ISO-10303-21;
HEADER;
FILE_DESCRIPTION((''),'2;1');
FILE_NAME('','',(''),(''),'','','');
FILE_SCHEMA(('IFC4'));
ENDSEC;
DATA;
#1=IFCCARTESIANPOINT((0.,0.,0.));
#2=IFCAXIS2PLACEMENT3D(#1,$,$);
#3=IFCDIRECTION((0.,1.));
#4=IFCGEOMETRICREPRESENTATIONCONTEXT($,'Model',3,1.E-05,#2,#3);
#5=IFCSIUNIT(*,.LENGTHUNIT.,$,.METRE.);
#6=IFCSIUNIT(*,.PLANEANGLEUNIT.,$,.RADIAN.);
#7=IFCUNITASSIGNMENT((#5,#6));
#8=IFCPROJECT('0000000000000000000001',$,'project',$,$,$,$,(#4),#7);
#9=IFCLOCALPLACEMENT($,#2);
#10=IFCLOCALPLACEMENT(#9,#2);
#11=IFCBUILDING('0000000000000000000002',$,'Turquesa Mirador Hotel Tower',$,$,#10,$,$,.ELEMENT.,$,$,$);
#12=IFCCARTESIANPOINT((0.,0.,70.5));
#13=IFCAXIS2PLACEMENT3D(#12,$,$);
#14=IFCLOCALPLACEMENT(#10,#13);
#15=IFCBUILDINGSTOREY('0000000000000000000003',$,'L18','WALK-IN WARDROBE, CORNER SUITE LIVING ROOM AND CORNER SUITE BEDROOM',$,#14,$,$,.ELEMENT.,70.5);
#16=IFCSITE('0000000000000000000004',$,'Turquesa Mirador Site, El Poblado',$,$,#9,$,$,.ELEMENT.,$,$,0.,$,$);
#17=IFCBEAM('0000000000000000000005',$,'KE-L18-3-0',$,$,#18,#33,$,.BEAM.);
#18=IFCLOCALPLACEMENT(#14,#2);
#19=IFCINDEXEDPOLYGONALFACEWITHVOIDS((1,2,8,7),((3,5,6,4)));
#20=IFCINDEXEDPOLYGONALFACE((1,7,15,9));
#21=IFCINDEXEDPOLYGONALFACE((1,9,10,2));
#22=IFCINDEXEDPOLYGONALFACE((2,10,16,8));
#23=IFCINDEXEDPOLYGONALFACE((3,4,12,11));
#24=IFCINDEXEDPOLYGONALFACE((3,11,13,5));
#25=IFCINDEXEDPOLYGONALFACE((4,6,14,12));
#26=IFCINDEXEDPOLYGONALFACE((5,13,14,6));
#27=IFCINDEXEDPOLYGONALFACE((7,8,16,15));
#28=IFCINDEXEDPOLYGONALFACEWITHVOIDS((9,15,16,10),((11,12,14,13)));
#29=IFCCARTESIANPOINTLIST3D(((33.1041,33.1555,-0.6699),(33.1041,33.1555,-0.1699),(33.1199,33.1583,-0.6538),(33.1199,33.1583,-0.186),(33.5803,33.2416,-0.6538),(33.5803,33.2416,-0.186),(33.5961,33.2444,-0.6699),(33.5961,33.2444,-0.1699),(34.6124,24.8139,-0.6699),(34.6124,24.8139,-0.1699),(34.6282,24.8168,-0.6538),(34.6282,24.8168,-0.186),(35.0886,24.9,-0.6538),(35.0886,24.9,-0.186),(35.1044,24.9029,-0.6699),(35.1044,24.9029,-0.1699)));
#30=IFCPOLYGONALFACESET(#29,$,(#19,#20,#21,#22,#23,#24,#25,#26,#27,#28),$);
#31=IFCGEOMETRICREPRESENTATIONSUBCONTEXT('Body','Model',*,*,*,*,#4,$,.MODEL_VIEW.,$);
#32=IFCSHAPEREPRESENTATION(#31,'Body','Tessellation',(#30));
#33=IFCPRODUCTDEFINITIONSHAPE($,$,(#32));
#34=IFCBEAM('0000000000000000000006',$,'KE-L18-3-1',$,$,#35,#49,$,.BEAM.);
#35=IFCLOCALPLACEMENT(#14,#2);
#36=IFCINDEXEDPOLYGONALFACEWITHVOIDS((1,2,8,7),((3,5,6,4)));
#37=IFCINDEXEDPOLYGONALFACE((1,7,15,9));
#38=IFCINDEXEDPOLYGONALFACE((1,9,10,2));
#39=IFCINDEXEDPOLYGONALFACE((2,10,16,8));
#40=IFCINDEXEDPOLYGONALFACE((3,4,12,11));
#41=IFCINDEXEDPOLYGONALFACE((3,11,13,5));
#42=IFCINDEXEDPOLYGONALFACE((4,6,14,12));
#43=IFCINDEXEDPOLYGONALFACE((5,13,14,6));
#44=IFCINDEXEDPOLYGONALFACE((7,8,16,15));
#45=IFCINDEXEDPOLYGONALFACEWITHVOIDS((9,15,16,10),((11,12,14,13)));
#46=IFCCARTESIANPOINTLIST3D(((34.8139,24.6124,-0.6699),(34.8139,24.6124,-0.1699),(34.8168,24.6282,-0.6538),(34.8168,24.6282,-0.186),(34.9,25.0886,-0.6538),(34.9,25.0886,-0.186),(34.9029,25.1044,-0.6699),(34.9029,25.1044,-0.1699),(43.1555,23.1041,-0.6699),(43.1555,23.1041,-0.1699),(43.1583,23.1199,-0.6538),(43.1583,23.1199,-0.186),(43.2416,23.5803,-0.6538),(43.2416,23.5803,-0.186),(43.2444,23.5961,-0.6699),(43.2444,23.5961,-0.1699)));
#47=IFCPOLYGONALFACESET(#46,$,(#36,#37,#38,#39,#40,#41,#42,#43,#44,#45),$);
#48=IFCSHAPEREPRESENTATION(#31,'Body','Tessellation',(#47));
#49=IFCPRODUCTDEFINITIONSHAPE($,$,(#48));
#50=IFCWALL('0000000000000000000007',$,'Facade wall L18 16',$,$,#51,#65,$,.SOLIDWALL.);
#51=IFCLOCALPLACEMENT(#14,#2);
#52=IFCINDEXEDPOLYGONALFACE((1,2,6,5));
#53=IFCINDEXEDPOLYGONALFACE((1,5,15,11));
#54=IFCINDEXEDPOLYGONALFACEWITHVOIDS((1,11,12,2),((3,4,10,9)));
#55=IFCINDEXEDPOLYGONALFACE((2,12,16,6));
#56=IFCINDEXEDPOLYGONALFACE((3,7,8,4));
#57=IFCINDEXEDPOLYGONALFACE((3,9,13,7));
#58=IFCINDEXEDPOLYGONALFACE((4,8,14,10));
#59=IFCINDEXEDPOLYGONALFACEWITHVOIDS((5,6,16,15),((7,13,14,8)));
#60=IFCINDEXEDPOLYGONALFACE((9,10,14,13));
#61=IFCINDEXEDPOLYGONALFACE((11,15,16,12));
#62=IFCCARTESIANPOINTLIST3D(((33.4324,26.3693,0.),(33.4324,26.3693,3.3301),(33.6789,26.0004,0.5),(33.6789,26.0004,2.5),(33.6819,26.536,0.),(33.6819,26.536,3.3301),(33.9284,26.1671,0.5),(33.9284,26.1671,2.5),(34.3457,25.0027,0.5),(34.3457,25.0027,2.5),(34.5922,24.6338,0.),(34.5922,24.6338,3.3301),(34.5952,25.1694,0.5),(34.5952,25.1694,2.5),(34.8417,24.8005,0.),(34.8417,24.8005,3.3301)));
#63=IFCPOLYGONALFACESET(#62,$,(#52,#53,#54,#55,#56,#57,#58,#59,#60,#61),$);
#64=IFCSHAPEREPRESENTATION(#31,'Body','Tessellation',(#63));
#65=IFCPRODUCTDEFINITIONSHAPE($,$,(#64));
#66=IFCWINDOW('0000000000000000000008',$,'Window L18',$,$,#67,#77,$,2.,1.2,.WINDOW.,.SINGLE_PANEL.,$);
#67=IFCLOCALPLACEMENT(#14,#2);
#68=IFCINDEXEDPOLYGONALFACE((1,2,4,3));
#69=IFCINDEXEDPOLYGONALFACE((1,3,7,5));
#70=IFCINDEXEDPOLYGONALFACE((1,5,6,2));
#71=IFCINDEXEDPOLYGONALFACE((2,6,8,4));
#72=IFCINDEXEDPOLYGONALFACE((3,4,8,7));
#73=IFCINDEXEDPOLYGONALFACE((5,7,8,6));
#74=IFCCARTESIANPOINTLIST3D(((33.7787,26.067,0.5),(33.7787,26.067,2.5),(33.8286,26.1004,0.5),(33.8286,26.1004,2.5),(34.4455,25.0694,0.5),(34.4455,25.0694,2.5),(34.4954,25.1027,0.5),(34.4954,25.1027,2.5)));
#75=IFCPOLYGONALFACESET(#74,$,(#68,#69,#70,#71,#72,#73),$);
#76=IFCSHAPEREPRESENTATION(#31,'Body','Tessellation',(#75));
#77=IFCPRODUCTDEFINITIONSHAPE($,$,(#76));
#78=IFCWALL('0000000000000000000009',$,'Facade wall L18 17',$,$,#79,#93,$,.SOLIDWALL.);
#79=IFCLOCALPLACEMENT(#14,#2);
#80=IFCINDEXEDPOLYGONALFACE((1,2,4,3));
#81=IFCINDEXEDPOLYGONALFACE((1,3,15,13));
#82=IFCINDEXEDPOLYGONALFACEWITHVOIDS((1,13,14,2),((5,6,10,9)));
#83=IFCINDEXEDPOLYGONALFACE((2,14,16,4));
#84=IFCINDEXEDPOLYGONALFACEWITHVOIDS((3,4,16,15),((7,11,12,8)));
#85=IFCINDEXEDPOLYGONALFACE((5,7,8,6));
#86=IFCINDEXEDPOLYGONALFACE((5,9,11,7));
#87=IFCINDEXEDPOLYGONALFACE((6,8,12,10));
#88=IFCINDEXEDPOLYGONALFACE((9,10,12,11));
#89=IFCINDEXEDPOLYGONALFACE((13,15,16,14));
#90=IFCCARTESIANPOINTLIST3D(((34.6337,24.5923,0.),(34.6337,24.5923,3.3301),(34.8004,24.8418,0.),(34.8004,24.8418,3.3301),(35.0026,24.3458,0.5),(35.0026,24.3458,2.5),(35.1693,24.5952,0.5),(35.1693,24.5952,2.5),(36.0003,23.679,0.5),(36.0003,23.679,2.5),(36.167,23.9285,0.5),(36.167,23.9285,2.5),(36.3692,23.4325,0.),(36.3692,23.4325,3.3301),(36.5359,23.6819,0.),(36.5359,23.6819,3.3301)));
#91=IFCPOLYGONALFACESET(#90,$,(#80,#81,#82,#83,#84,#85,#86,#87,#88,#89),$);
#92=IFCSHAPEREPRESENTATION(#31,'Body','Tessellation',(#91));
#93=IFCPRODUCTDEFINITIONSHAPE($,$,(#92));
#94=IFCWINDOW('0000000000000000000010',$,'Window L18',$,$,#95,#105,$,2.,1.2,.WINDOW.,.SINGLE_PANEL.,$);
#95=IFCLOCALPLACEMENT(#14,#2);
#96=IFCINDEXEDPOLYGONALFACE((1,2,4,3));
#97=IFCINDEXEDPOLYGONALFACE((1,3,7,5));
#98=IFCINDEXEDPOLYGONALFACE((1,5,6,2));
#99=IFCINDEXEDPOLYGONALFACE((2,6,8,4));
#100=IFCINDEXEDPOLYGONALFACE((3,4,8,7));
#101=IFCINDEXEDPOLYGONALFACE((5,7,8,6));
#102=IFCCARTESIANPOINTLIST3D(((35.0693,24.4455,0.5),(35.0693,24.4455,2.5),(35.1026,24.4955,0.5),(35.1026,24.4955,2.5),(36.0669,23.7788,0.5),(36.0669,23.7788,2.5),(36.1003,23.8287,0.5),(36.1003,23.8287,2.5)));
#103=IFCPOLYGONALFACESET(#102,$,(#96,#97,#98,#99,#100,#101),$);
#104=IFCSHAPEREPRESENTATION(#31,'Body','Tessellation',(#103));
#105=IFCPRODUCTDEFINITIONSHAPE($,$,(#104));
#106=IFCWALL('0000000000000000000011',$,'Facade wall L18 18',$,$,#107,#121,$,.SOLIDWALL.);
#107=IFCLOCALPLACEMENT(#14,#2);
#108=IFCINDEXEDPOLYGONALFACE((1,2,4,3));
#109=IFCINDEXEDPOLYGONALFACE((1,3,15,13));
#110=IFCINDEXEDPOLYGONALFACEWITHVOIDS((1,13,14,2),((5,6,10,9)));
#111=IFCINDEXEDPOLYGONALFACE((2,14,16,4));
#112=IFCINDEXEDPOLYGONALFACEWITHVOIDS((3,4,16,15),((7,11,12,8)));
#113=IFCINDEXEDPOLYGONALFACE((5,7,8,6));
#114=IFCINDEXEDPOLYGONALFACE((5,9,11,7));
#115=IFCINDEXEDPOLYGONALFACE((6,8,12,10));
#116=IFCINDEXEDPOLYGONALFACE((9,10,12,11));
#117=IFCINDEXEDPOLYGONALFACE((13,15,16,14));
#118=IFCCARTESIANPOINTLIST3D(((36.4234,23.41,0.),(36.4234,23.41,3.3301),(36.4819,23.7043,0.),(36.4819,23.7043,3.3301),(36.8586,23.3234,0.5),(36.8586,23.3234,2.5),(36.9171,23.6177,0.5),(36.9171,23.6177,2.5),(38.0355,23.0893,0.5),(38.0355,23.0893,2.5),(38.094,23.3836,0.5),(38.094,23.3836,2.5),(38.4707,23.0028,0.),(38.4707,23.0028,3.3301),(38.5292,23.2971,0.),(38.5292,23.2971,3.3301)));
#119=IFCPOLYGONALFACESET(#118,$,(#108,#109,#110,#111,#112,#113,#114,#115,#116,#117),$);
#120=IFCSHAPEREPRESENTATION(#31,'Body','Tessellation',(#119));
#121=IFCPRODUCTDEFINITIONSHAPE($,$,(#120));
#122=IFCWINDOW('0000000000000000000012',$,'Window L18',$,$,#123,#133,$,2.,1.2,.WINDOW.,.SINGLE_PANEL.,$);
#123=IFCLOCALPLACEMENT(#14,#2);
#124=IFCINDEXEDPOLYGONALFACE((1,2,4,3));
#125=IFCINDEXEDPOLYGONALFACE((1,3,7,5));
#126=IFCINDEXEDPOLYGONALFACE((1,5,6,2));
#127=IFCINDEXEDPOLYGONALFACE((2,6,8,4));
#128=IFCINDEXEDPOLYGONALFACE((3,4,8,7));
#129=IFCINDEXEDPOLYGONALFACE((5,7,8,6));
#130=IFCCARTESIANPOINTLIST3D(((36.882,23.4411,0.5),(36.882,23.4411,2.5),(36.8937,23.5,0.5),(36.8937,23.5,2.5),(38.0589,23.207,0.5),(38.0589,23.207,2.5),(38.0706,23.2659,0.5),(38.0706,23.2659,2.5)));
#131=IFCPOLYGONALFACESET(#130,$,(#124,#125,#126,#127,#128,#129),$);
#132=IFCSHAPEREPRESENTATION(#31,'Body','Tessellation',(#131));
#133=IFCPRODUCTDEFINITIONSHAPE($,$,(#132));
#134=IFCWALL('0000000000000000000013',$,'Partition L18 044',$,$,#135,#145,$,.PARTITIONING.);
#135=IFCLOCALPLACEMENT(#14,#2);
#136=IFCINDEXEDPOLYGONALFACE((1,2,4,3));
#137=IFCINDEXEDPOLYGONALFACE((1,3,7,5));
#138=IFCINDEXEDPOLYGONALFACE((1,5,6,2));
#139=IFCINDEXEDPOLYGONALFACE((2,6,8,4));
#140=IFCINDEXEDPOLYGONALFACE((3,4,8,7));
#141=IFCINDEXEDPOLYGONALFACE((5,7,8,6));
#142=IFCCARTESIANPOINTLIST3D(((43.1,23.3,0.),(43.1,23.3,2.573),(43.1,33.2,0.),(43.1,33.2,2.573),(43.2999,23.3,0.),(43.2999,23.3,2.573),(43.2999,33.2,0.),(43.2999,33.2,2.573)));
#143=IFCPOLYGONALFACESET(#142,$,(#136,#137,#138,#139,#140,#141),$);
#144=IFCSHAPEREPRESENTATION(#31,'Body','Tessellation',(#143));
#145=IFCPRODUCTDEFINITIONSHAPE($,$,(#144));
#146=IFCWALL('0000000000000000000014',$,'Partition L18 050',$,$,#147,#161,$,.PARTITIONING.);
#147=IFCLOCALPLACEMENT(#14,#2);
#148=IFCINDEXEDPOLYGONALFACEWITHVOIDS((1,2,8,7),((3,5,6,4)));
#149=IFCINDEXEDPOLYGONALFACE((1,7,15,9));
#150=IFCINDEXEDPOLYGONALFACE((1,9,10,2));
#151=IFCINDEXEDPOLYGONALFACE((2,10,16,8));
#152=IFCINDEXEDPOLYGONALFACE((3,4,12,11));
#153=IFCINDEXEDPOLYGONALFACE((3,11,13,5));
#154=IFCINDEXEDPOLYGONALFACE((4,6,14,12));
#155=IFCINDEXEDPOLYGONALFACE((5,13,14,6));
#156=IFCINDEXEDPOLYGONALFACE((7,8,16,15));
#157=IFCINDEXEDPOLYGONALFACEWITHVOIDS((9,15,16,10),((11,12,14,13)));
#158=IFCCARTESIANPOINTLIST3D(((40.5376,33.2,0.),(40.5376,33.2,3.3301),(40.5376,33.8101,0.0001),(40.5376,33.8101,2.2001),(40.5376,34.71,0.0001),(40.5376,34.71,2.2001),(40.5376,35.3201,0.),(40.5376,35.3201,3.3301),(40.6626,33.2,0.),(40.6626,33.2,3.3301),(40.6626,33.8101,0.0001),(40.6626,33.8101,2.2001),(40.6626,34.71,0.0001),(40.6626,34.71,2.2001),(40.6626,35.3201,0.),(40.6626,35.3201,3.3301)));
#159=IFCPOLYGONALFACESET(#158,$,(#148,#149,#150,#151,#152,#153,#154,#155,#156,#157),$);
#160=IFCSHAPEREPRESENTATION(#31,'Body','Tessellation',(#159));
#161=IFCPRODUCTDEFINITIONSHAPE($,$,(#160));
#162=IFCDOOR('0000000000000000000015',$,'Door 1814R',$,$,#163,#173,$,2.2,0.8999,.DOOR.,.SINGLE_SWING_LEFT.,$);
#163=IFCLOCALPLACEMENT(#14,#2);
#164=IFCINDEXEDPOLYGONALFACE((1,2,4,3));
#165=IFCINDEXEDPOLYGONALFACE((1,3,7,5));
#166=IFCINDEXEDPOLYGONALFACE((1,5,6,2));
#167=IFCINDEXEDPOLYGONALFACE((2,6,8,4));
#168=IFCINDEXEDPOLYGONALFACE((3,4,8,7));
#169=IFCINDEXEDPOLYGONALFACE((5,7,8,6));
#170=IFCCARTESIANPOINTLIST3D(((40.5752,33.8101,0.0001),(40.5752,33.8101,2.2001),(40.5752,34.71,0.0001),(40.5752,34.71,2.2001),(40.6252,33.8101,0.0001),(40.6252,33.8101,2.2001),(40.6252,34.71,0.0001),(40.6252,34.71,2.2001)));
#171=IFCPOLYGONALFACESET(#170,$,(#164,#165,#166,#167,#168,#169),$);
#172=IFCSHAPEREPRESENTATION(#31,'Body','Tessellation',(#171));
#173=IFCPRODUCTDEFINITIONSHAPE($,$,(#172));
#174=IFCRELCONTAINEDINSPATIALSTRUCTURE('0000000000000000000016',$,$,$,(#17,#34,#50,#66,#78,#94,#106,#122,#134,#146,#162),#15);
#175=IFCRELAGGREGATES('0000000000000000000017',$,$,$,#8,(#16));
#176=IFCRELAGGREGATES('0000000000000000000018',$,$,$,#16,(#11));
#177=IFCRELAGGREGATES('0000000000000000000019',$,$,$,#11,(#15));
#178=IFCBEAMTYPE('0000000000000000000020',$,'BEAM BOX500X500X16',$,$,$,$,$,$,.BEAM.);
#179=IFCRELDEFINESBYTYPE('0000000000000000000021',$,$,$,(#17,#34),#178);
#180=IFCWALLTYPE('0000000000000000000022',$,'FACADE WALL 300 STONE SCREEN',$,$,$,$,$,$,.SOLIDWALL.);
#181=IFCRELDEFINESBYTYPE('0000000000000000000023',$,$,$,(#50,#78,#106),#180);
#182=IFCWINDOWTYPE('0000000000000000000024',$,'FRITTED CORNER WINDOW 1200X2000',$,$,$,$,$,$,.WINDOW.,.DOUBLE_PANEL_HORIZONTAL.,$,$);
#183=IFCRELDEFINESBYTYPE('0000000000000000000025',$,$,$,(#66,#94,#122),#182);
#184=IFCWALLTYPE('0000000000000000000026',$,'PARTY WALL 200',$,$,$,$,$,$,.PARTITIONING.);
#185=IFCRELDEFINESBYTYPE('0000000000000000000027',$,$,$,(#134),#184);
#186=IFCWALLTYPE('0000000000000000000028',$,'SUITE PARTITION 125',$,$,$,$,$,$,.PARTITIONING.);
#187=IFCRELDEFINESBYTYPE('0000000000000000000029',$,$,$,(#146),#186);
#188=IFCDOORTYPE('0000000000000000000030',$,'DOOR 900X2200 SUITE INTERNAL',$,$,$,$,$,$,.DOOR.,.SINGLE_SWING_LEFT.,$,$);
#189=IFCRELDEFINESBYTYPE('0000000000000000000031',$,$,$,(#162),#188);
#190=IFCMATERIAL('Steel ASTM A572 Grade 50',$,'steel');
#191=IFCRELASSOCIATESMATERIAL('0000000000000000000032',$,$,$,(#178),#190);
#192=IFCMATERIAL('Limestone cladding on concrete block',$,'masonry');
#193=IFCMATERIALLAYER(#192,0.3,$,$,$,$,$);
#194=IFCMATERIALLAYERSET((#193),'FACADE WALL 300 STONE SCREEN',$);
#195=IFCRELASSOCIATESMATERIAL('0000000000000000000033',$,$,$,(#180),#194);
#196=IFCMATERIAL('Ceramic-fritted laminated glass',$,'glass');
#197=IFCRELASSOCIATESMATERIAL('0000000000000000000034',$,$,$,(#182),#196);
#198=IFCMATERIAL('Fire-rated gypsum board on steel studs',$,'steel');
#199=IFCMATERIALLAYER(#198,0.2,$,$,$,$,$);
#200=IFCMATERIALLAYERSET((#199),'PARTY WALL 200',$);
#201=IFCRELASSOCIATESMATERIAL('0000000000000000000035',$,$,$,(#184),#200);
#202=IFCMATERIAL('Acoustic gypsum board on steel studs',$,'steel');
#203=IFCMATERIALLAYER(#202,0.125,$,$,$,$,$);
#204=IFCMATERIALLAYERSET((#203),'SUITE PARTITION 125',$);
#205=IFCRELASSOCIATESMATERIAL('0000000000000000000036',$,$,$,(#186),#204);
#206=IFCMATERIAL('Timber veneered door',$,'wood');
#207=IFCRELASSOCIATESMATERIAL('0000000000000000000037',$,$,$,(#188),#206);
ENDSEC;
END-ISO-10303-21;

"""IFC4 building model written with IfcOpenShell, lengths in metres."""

from ifc_helpers import new_model, si_unit, direction, frame, frame_2d, origin, origin_2d, place, context, subcontext, project, spatial, rectangle, hollow_rectangle, extrude, material, layer, layer_set, material_profile, profile_set, type_object, element, fill, save


model = new_model("IFC4")

# Units and contexts
model_context = context("Model", 3, precision=1e-05, world=origin(), true_north=direction((0.0, 1.0)))
body_context = subcontext(model_context, "Body", "Model", "MODEL_VIEW")
ifc_project = project(units=[si_unit("LENGTHUNIT", "METRE"), si_unit("PLANEANGLEUNIT", "RADIAN")], contexts=[model_context])

# Site, building, storey
site_placement = place(None, origin())
site = spatial("IfcSite", under=ifc_project, at=site_placement, Name="Turquesa Mirador Site, El Poblado", CompositionType="ELEMENT", RefElevation=0.0)
building_placement = place(site_placement, origin())
building = spatial("IfcBuilding", under=site, at=building_placement, Name="Turquesa Mirador Hotel Tower", CompositionType="ELEMENT")
storey_placement = place(building_placement, frame((0.0, 0.0, 70.5)))
storey = spatial("IfcBuildingStorey", under=building, at=storey_placement, Name="L18", Description="WALK-IN WARDROBE, CORNER SUITE LIVING ROOM AND CORNER SUITE BEDROOM", CompositionType="ELEMENT", Elevation=70.5)

# Beams
ifc_material_1 = material(Name="Steel ASTM A572 Grade 50", Category="steel")
ifc_material_profile = material_profile(ifc_material_1, hollow_rectangle(XDim=0.5, YDim=0.5, WallThickness=0.0161, at=origin_2d()), Name="BOX500X500X16")
ifc_profile_set = profile_set([ifc_material_profile], Name="Steel ASTM A572 Grade 50")
beam_type = type_object("IfcBeamType", Name="BEAM BOX500X500X16", PredefinedType="BEAM", material=ifc_profile_set)
for number, where, z_axis, x_axis, name in (
    (1, (33.3501, 33.2, -0.4199), (0.177932, -0.984043, 0.0), (0.984043, 0.177932, 0.0), "KE-L18-3-0"),
    (2, (34.8584, 24.8584, -0.4199), (0.984043, -0.177932, 0.0), (0.177932, 0.984043, 0.0), "KE-L18-3-1"),
):
    element("IfcBeam", number, at=place(storey_placement, frame(where, z_axis=z_axis, x_axis=x_axis)), inside=storey, type_object=beam_type, Name=name, PredefinedType="BEAM", context=body_context, shape_type="SweptSolid", body=[
        extrude(hollow_rectangle(XDim=0.5, YDim=0.5, WallThickness=0.0161, at=origin_2d()), origin(), (0.0, 0.0, 1.0), 8.4768),
    ])

# Walls, openings, windows
ifc_material_2 = material(Name="Limestone cladding on concrete block", Category="masonry")
ifc_layer_1 = layer(ifc_material_2, 0.3)
ifc_layer_set_1 = layer_set([ifc_layer_1], Name="FACADE WALL 300 STONE SCREEN")
wall_type_1 = type_object("IfcWallType", Name="FACADE WALL 300 STONE SCREEN", PredefinedType="SOLIDWALL", material=ifc_layer_set_1)
wall_1_placement = place(storey_placement, frame((33.5571, 26.4526, 0.0), z_axis=(0.0, 0.0, 1.0), x_axis=(0.555644, -0.83142, 0.0)))
wall_1 = element("IfcWall", 3, at=wall_1_placement, inside=storey, type_object=wall_type_1, Name="Facade wall L18 16", PredefinedType="SOLIDWALL", context=body_context, shape_type="SweptSolid", body=[
    extrude(rectangle(XDim=2.0874, YDim=0.3, at=frame_2d((1.0437, 0.0))), origin(), (0.0, 0.0, 1.0), 3.3301),
])
opening_1_placement = place(wall_1_placement, frame((0.4436, 0.0, 0.5)))
opening_1 = element("IfcOpeningElement", 4, at=opening_1_placement, cuts=wall_1, PredefinedType="OPENING", context=body_context, shape_type="SweptSolid", body=[
    extrude(rectangle(XDim=1.2, YDim=2.0, at=frame_2d((0.6001, 1.0))), frame((0.0, 0.1599, 0.0), z_axis=(0.0, -1.0, 0.0), x_axis=(1.0, 0.0, 0.0)), (0.0, 0.0, 1.0), 0.3201),
])
ifc_material_3 = material(Name="Ceramic-fritted laminated glass", Category="glass")
window_type_1 = type_object("IfcWindowType", Name="FRITTED CORNER WINDOW 1200X2000", PartitioningType="DOUBLE_PANEL_HORIZONTAL", PredefinedType="WINDOW", material=ifc_material_3)
window_1_placement = place(opening_1_placement, origin())
window_1 = element("IfcWindow", 5, at=window_1_placement, inside=storey, type_object=window_type_1, Name="Window L18", OverallHeight=2.0, OverallWidth=1.2, PartitioningType="SINGLE_PANEL", PredefinedType="WINDOW", context=body_context, shape_type="SweptSolid", body=[
    extrude(rectangle(XDim=1.2, YDim=2.0, at=frame_2d((0.6001, 1.0))), frame((0.0, 0.03, 0.0), z_axis=(0.0, -1.0, 0.0), x_axis=(1.0, 0.0, 0.0)), (0.0, 0.0, 1.0), 0.0601),
])
fill(opening_1, window_1)
wall_2_placement = place(storey_placement, frame((34.717, 24.717, 0.0), z_axis=(0.0, 0.0, 1.0), x_axis=(0.83142, -0.555644, 0.0)))
wall_2 = element("IfcWall", 6, at=wall_2_placement, inside=storey, type_object=wall_type_1, Name="Facade wall L18 17", PredefinedType="SOLIDWALL", context=body_context, shape_type="SweptSolid", body=[
    extrude(rectangle(XDim=2.0874, YDim=0.3, at=frame_2d((1.0437, 0.0))), origin(), (0.0, 0.0, 1.0), 3.3301),
])
opening_2_placement = place(wall_2_placement, frame((0.4436, 0.0, 0.5)))
opening_2 = element("IfcOpeningElement", 7, at=opening_2_placement, cuts=wall_2, PredefinedType="OPENING", context=body_context, shape_type="SweptSolid", body=[
    extrude(rectangle(XDim=1.2, YDim=2.0, at=frame_2d((0.6001, 1.0))), frame((0.0, 0.1599, 0.0), z_axis=(0.0, -1.0, 0.0), x_axis=(1.0, 0.0, 0.0)), (0.0, 0.0, 1.0), 0.3201),
])
window_2_placement = place(opening_2_placement, origin())
window_2 = element("IfcWindow", 8, at=window_2_placement, inside=storey, type_object=window_type_1, Name="Window L18", OverallHeight=2.0, OverallWidth=1.2, PartitioningType="SINGLE_PANEL", PredefinedType="WINDOW", context=body_context, shape_type="SweptSolid", body=[
    extrude(rectangle(XDim=1.2, YDim=2.0, at=frame_2d((0.6001, 1.0))), frame((0.0, 0.03, 0.0), z_axis=(0.0, -1.0, 0.0), x_axis=(1.0, 0.0, 0.0)), (0.0, 0.0, 1.0), 0.0601),
])
fill(opening_2, window_2)
wall_3_placement = place(storey_placement, frame((36.4526, 23.5571, 0.0), z_axis=(0.0, 0.0, 1.0), x_axis=(0.980787, -0.195081, 0.0)))
wall_3 = element("IfcWall", 9, at=wall_3_placement, inside=storey, type_object=wall_type_1, Name="Facade wall L18 18", PredefinedType="SOLIDWALL", context=body_context, shape_type="SweptSolid", body=[
    extrude(rectangle(XDim=2.0874, YDim=0.3, at=frame_2d((1.0437, 0.0))), origin(), (0.0, 0.0, 1.0), 3.3301),
])
opening_3_placement = place(wall_3_placement, frame((0.4436, 0.0, 0.5)))
opening_3 = element("IfcOpeningElement", 10, at=opening_3_placement, cuts=wall_3, PredefinedType="OPENING", context=body_context, shape_type="SweptSolid", body=[
    extrude(rectangle(XDim=1.2, YDim=2.0, at=frame_2d((0.6001, 1.0))), frame((0.0, 0.1599, 0.0), z_axis=(0.0, -1.0, 0.0), x_axis=(1.0, 0.0, 0.0)), (0.0, 0.0, 1.0), 0.3201),
])
window_3_placement = place(opening_3_placement, origin())
window_3 = element("IfcWindow", 11, at=window_3_placement, inside=storey, type_object=window_type_1, Name="Window L18", OverallHeight=2.0, OverallWidth=1.2, PartitioningType="SINGLE_PANEL", PredefinedType="WINDOW", context=body_context, shape_type="SweptSolid", body=[
    extrude(rectangle(XDim=1.2, YDim=2.0, at=frame_2d((0.6001, 1.0))), frame((0.0, 0.03, 0.0), z_axis=(0.0, -1.0, 0.0), x_axis=(1.0, 0.0, 0.0)), (0.0, 0.0, 1.0), 0.0601),
])
fill(opening_3, window_3)

# Wall
ifc_material_4 = material(Name="Fire-rated gypsum board on steel studs", Category="steel")
ifc_layer_2 = layer(ifc_material_4, 0.2)
ifc_layer_set_2 = layer_set([ifc_layer_2], Name="PARTY WALL 200")
wall_type_2 = type_object("IfcWallType", Name="PARTY WALL 200", PredefinedType="PARTITIONING", material=ifc_layer_set_2)
wall_4_placement = place(storey_placement, frame((43.2, 23.3, 0.0), z_axis=(0.0, 0.0, 1.0), x_axis=(0.0, 1.0, 0.0)))
element("IfcWall", 12, at=wall_4_placement, inside=storey, type_object=wall_type_2, Name="Partition L18 044", PredefinedType="PARTITIONING", context=body_context, shape_type="SweptSolid", body=[
    extrude(rectangle(XDim=9.8999, YDim=0.2, at=frame_2d((4.95, 0.0))), origin(), (0.0, 0.0, 1.0), 2.573),
])

# Wall, opening, door
ifc_material_5 = material(Name="Acoustic gypsum board on steel studs", Category="steel")
ifc_layer_3 = layer(ifc_material_5, 0.125)
ifc_layer_set_3 = layer_set([ifc_layer_3], Name="SUITE PARTITION 125")
wall_type_3 = type_object("IfcWallType", Name="SUITE PARTITION 125", PredefinedType="PARTITIONING", material=ifc_layer_set_3)
wall_5_placement = place(storey_placement, frame((40.6001, 33.2, 0.0), z_axis=(0.0, 0.0, 1.0), x_axis=(0.0, 1.0, 0.0)))
wall_5 = element("IfcWall", 13, at=wall_5_placement, inside=storey, type_object=wall_type_3, Name="Partition L18 050", PredefinedType="PARTITIONING", context=body_context, shape_type="SweptSolid", body=[
    extrude(rectangle(XDim=2.1201, YDim=0.125, at=frame_2d((1.0601, 0.0))), origin(), (0.0, 0.0, 1.0), 3.3301),
])
opening_4_placement = place(wall_5_placement, frame((0.6101, 0.0, 0.0)))
opening_4 = element("IfcOpeningElement", 14, at=opening_4_placement, cuts=wall_5, PredefinedType="OPENING", context=body_context, shape_type="SweptSolid", body=[
    extrude(rectangle(XDim=0.8999, YDim=2.2, at=frame_2d((0.45, 1.1001))), frame((0.0, 0.0725, 0.0), z_axis=(0.0, -1.0, 0.0), x_axis=(1.0, 0.0, 0.0)), (0.0, 0.0, 1.0), 0.145),
])
ifc_material_6 = material(Name="Timber veneered door", Category="wood")
door_type = type_object("IfcDoorType", Name="DOOR 900X2200 SUITE INTERNAL", OperationType="SINGLE_SWING_LEFT", PredefinedType="DOOR", material=ifc_material_6)
door_placement = place(opening_4_placement, origin())
door = element("IfcDoor", 15, at=door_placement, inside=storey, type_object=door_type, Name="Door 1814R", OperationType="SINGLE_SWING_LEFT", OverallHeight=2.2, OverallWidth=0.8999, PredefinedType="DOOR", context=body_context, shape_type="SweptSolid", body=[
    extrude(rectangle(XDim=0.8999, YDim=2.2, at=frame_2d((0.45, 1.1001))), frame((0.0, 0.0249, 0.0), z_axis=(0.0, -1.0, 0.0), x_axis=(1.0, 0.0, 0.0)), (0.0, 0.0, 1.0), 0.05),
])
fill(opening_4, door)

save(model, "model.ifc")
